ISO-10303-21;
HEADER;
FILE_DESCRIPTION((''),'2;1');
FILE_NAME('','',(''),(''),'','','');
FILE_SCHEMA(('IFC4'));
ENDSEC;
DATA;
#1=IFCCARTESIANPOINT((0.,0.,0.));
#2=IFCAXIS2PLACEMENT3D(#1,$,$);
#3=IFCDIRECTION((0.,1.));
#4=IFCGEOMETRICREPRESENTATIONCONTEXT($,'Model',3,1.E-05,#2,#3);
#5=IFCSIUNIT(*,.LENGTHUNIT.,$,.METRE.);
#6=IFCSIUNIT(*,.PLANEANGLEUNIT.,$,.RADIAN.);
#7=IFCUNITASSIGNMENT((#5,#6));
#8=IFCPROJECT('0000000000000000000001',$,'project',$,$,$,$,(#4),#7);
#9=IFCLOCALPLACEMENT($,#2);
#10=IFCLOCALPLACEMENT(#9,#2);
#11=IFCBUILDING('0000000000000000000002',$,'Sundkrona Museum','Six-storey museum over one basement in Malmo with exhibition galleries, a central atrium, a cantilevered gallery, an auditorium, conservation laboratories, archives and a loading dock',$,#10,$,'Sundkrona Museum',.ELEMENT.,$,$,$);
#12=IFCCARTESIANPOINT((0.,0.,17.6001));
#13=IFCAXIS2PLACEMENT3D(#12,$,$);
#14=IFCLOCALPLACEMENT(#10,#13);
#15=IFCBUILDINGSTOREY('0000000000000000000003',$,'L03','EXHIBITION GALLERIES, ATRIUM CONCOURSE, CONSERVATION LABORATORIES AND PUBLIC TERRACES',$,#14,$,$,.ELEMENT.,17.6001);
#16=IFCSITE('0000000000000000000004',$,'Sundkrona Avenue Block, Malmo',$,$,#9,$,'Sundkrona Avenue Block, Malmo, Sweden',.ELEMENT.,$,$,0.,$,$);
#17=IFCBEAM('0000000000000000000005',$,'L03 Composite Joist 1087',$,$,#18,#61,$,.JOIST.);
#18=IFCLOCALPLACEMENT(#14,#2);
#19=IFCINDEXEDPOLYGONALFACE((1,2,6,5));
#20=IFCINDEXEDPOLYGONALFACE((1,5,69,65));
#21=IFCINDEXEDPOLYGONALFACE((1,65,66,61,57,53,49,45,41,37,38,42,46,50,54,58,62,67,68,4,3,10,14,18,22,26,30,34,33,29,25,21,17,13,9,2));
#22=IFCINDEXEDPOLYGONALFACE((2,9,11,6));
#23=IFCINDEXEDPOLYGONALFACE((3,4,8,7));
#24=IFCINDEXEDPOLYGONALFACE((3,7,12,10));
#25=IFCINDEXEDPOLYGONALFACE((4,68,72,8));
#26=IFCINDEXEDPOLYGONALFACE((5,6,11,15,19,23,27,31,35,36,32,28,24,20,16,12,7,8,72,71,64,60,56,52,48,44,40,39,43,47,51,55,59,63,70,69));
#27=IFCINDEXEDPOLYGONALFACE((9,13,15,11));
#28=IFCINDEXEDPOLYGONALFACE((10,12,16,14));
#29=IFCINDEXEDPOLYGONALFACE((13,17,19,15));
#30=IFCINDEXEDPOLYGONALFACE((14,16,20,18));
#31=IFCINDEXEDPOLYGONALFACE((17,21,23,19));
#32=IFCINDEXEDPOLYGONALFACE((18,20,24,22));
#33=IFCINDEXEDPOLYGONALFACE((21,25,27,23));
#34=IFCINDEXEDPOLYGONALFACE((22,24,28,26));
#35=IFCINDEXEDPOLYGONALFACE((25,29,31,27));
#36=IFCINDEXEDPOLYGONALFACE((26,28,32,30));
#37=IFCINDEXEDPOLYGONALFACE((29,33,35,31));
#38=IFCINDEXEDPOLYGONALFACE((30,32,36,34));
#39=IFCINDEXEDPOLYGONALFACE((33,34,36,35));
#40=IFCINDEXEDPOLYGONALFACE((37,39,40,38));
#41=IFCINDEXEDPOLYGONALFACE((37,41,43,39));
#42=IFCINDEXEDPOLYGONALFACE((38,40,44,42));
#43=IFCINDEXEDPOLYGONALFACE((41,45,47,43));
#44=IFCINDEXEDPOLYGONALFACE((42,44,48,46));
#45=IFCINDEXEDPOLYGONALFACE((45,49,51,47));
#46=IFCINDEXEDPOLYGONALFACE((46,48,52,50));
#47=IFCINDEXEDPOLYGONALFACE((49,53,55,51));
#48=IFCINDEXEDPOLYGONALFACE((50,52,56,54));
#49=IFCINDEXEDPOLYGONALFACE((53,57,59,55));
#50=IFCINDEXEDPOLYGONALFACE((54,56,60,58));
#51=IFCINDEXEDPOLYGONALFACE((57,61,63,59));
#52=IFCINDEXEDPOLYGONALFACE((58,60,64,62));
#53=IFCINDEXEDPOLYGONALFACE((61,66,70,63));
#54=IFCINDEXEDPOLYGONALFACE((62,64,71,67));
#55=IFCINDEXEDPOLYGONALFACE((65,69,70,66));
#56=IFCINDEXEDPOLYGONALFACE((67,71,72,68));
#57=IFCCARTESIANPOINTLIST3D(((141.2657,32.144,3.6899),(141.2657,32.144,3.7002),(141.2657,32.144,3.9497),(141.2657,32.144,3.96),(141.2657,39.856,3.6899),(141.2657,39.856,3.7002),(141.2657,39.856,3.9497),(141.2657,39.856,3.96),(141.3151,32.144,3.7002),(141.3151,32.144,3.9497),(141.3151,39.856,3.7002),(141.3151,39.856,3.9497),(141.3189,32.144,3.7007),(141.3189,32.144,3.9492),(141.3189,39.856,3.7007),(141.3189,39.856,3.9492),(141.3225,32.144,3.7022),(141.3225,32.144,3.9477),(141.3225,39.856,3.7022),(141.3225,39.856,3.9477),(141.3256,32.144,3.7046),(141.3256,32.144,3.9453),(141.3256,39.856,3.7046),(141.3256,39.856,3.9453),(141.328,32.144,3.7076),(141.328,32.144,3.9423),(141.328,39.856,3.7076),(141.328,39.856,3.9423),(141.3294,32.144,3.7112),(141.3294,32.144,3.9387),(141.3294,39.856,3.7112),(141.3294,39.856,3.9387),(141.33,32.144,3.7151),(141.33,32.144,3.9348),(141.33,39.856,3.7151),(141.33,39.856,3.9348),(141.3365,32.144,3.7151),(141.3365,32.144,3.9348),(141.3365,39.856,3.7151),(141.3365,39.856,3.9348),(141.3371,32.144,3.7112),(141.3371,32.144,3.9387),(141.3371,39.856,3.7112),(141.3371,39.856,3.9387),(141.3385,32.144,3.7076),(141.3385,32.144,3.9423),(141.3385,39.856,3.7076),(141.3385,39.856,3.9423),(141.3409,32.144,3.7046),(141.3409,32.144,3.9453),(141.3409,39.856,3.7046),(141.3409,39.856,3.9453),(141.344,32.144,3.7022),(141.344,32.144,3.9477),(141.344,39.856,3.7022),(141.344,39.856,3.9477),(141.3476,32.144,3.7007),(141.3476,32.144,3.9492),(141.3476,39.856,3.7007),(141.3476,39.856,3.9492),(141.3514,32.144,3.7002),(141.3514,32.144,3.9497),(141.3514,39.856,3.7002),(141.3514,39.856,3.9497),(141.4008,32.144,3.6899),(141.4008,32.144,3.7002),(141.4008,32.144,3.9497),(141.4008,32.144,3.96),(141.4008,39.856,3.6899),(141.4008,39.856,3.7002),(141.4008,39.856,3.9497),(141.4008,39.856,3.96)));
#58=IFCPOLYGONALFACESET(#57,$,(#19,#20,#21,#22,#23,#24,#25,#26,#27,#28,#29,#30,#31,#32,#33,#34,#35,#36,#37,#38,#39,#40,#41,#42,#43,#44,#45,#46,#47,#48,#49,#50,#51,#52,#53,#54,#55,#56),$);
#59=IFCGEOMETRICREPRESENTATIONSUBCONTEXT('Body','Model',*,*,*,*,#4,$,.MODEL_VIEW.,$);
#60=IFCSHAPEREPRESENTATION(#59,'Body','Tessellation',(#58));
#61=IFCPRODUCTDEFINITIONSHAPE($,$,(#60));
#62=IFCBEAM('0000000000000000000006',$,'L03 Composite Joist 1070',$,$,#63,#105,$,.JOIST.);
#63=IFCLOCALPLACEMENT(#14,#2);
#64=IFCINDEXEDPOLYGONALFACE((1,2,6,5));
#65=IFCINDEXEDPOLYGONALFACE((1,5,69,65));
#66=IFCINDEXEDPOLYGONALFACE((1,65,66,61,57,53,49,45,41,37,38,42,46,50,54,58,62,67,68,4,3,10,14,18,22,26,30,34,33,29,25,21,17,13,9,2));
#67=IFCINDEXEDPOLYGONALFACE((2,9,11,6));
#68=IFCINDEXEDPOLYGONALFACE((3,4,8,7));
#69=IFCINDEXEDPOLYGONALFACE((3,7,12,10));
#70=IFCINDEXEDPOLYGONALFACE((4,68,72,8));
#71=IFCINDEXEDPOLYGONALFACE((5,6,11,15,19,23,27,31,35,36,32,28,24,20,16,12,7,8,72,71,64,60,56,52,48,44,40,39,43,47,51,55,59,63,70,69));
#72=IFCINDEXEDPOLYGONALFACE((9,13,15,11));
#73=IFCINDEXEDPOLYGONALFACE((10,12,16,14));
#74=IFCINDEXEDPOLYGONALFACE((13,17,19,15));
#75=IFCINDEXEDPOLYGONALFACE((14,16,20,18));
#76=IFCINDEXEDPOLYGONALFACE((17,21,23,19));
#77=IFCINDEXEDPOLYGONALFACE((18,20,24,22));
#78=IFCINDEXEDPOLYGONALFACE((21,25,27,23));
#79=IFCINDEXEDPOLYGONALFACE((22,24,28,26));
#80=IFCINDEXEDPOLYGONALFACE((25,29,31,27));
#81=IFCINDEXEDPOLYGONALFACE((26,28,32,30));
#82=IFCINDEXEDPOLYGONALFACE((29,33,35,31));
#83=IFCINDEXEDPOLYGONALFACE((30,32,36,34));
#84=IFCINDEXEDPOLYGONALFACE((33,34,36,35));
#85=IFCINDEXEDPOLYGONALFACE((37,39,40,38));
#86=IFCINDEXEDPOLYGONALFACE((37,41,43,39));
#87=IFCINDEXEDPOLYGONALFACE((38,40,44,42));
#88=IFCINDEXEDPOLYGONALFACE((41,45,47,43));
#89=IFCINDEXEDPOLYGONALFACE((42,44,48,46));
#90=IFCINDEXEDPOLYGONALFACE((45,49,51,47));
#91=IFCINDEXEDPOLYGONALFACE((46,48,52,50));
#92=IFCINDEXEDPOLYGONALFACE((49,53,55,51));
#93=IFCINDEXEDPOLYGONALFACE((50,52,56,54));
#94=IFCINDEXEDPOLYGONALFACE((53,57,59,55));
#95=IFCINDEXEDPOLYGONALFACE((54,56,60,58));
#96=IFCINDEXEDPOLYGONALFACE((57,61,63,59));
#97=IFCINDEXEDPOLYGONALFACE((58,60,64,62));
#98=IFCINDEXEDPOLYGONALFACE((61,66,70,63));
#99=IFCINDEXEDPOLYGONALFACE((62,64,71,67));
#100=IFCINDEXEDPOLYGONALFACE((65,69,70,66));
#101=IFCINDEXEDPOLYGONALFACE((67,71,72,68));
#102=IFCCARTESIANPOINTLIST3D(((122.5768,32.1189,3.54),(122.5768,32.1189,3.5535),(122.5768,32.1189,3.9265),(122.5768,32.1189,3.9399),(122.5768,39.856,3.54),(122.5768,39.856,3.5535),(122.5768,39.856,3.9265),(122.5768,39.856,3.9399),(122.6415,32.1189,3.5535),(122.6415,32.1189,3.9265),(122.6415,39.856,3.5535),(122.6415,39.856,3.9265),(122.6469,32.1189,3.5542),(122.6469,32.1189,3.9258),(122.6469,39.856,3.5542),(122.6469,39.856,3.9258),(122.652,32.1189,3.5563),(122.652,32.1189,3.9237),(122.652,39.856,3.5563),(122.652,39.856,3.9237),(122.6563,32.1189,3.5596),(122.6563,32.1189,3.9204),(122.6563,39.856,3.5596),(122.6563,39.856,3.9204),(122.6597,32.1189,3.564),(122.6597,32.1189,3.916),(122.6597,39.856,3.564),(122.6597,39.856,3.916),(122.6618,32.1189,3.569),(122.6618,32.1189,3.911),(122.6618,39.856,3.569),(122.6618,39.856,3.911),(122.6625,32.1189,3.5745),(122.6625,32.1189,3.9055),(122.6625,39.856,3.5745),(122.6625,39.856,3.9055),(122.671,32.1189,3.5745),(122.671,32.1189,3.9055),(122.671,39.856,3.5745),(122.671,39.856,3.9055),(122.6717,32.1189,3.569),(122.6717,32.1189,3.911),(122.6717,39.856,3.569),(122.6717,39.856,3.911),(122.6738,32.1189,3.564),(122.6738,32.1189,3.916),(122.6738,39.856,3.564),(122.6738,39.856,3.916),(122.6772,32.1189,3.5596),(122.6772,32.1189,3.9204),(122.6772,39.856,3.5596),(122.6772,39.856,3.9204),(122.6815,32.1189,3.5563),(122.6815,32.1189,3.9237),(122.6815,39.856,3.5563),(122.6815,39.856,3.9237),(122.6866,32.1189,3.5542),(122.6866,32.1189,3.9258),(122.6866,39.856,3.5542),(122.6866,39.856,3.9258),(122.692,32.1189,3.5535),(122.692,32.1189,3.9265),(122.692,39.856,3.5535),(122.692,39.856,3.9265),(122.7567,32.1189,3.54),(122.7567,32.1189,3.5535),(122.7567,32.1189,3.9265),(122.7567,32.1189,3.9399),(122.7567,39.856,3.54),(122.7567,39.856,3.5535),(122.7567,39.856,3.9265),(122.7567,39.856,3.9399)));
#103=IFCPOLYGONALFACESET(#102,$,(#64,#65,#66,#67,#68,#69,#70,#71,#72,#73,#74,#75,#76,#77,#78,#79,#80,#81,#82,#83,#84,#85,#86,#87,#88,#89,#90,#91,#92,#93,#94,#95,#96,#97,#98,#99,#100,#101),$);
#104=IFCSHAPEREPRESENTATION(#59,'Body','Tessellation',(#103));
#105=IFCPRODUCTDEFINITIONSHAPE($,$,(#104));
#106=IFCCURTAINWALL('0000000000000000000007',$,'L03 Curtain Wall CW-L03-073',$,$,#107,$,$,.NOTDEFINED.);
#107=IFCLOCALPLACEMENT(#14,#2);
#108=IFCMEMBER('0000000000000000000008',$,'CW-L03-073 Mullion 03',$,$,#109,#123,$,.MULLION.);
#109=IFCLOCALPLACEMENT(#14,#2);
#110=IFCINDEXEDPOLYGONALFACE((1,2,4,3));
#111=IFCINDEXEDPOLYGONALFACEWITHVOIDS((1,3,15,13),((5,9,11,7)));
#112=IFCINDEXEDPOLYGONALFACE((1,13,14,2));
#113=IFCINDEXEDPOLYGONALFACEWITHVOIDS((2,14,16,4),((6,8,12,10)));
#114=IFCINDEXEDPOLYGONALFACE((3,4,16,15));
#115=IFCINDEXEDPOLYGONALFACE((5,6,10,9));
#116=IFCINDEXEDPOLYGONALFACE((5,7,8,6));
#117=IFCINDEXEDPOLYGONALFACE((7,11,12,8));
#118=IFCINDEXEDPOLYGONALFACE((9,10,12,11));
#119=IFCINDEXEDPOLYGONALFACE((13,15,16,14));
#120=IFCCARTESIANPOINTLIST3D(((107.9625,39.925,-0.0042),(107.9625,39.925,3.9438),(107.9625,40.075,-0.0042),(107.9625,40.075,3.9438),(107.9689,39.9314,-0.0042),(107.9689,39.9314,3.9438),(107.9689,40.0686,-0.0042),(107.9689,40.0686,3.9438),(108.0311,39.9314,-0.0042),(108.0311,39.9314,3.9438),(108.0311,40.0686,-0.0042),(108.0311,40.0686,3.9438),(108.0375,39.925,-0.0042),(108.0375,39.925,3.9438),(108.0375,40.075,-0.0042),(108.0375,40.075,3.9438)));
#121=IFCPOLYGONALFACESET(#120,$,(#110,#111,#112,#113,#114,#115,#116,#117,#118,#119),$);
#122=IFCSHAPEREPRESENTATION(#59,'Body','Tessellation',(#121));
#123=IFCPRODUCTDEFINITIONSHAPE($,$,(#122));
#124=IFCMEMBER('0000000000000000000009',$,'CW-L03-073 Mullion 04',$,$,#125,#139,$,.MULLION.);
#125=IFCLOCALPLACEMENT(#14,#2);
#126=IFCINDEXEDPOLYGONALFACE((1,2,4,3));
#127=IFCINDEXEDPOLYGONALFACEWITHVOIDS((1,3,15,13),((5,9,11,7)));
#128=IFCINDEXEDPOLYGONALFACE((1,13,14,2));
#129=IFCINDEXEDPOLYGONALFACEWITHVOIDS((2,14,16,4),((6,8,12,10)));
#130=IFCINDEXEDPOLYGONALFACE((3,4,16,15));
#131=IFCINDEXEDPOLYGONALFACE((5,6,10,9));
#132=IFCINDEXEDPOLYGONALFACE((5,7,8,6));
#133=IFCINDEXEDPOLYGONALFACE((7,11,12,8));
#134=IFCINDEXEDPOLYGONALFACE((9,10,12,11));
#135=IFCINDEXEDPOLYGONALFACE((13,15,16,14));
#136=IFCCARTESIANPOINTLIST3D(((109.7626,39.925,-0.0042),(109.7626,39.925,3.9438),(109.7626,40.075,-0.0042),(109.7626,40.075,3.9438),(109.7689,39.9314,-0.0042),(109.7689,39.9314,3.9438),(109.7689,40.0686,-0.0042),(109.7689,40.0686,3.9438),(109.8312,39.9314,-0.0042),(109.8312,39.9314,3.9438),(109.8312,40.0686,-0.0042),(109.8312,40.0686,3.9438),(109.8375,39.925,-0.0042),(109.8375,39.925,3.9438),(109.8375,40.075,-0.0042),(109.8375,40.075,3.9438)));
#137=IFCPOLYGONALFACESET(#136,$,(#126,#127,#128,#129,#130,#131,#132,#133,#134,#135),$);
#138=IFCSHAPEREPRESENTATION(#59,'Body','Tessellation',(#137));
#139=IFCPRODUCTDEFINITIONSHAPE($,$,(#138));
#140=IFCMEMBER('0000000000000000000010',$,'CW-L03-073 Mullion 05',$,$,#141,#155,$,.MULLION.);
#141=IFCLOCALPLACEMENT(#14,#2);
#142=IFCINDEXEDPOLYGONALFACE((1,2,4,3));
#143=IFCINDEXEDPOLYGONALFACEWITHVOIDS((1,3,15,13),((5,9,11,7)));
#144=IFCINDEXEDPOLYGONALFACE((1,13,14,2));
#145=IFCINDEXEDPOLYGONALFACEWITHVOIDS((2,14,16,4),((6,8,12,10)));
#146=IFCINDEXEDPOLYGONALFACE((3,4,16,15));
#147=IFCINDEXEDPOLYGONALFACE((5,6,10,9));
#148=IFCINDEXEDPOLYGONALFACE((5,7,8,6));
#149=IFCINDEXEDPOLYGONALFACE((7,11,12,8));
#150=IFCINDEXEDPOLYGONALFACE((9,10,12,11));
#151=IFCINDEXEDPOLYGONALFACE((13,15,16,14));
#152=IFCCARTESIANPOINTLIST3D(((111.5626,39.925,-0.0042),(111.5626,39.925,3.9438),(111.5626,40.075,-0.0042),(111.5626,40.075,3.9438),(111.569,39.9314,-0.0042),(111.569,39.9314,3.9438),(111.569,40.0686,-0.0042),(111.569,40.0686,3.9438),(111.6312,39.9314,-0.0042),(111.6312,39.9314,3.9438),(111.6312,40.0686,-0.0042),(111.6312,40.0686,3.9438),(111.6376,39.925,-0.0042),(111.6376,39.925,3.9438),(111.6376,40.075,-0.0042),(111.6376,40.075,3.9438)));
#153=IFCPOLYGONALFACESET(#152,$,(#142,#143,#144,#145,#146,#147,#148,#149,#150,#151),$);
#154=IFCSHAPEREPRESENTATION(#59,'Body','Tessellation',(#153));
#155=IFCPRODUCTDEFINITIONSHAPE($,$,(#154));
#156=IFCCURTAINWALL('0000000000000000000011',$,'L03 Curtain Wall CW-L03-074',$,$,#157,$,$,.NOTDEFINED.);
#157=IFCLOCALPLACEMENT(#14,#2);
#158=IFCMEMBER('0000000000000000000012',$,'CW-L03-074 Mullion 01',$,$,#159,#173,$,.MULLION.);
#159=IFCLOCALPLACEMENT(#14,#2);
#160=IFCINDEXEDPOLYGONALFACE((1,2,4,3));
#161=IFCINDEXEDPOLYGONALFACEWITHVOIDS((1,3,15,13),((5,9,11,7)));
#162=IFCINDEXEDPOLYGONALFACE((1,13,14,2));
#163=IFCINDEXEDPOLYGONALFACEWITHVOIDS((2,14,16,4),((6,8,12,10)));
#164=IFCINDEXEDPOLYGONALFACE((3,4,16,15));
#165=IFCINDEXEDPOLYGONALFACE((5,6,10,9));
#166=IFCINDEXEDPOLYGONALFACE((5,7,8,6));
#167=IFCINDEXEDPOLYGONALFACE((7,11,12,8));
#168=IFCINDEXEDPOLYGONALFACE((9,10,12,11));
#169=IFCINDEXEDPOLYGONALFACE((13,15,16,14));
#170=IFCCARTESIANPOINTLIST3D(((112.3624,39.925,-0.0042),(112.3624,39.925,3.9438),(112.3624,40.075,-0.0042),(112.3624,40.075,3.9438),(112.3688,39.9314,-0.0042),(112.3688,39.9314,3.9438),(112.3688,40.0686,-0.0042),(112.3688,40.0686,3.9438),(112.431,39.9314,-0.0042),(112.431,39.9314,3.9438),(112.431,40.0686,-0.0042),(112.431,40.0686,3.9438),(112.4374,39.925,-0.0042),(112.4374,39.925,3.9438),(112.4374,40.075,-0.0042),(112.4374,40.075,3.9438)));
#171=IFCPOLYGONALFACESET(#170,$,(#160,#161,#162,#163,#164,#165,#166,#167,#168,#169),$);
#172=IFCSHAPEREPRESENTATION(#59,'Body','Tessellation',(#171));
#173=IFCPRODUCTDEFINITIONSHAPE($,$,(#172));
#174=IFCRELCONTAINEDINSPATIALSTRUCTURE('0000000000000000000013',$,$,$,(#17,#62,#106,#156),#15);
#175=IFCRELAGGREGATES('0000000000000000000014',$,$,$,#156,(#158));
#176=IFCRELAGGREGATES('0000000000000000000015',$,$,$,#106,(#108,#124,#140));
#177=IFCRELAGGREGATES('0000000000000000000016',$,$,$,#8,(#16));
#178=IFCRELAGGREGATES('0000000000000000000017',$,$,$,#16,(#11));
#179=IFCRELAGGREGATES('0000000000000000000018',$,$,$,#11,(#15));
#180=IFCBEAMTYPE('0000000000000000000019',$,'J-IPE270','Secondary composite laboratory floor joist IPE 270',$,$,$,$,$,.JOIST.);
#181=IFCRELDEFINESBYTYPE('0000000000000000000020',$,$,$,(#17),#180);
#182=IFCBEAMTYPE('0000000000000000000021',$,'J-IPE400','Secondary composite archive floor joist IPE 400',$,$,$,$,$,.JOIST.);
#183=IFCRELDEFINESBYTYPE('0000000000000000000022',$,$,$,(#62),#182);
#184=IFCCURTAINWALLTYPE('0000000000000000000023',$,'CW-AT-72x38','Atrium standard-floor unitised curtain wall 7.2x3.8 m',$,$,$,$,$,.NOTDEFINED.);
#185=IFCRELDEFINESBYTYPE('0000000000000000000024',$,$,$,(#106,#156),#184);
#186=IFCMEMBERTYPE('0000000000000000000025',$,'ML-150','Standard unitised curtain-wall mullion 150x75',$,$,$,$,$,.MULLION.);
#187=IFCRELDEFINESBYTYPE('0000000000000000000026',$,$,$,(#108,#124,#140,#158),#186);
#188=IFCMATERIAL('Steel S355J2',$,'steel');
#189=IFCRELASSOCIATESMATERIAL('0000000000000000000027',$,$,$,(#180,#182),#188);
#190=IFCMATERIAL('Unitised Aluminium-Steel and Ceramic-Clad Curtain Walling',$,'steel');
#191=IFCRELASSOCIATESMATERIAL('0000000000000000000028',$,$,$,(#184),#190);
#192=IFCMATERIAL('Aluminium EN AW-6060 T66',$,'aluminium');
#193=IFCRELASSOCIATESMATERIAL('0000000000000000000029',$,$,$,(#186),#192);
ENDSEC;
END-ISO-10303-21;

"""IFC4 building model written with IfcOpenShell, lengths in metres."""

from ifc_helpers import new_model, si_unit, direction, frame, origin, origin_2d, place, context, subcontext, project, spatial, hollow_rectangle, i_section, extrude, material, material_profile, profile_set, type_object, element, aggregate, save


model = new_model("IFC4")

# Units and contexts
model_context = context("Model", 3, precision=1e-05, world=origin(), true_north=direction((0.0, 1.0)))
body_context = subcontext(model_context, "Body", "Model", "MODEL_VIEW")
ifc_project = project(units=[si_unit("LENGTHUNIT", "METRE"), si_unit("PLANEANGLEUNIT", "RADIAN")], contexts=[model_context])

# Site, building, storey
site_placement = place(None, origin())
site = spatial("IfcSite", under=ifc_project, at=site_placement, Name="Sundkrona Avenue Block, Malmo", LongName="Sundkrona Avenue Block, Malmo, Sweden", CompositionType="ELEMENT", RefElevation=0.0)
building_placement = place(site_placement, origin())
building = spatial("IfcBuilding", under=site, at=building_placement, Name="Sundkrona Museum", Description="Six-storey museum over one basement in Malmo with exhibition galleries, a central atrium, a cantilevered gallery, an auditorium, conservation laboratories, archives and a loading dock", LongName="Sundkrona Museum", CompositionType="ELEMENT")
storey_placement = place(building_placement, frame((0.0, 0.0, 17.6001)))
storey = spatial("IfcBuildingStorey", under=building, at=storey_placement, Name="L03", Description="EXHIBITION GALLERIES, ATRIUM CONCOURSE, CONSERVATION LABORATORIES AND PUBLIC TERRACES", CompositionType="ELEMENT", Elevation=17.6001)

# Shared definitions
ifc_material_1 = material(Name="Steel S355J2", Category="steel")

# Beams
ifc_material_profile_1 = material_profile(ifc_material_1, i_section(OverallWidth=0.135, OverallDepth=0.27, WebThickness=0.0066, FlangeThickness=0.0103, FilletRadius=0.0149, at=origin_2d()), Name="IPE 270")
ifc_profile_set_1 = profile_set([ifc_material_profile_1], Name="Steel S355J2")
beam_type_1 = type_object("IfcBeamType", Name="J-IPE270", Description="Secondary composite laboratory floor joist IPE 270", PredefinedType="JOIST", material=ifc_profile_set_1)
for number, where, z_axis, x_axis, name in (
    (1, (141.3333, 32.144, 3.825), (0.0, 1.0, 0.0), (-1.0, 0.0, 0.0), "L03 Composite Joist 1087"),
):
    element("IfcBeam", number, at=place(storey_placement, frame(where, z_axis=z_axis, x_axis=x_axis)), inside=storey, type_object=beam_type_1, Name=name, PredefinedType="JOIST", context=body_context, shape_type="SweptSolid", body=[
        extrude(i_section(OverallWidth=0.135, OverallDepth=0.27, WebThickness=0.0066, FlangeThickness=0.0103, FilletRadius=0.0149, at=origin_2d()), origin(), (0.0, 0.0, 1.0), 7.7119),
    ])
ifc_material_profile_2 = material_profile(ifc_material_1, i_section(OverallWidth=0.1799, OverallDepth=0.3999, WebThickness=0.0085, FlangeThickness=0.0134, FilletRadius=0.021, at=origin_2d()), Name="IPE 400")
ifc_profile_set_2 = profile_set([ifc_material_profile_2], Name="Steel S355J2")
beam_type_2 = type_object("IfcBeamType", Name="J-IPE400", Description="Secondary composite archive floor joist IPE 400", PredefinedType="JOIST", material=ifc_profile_set_2)
beam_1_placement = place(storey_placement, frame((122.6667, 32.1189, 3.74), z_axis=(0.0, 1.0, 0.0), x_axis=(-1.0, 0.0, 0.0)))
element("IfcBeam", 2, at=beam_1_placement, inside=storey, type_object=beam_type_2, Name="L03 Composite Joist 1070", PredefinedType="JOIST", context=body_context, shape_type="SweptSolid", body=[
    extrude(i_section(OverallWidth=0.1799, OverallDepth=0.3999, WebThickness=0.0085, FlangeThickness=0.0134, FilletRadius=0.021, at=origin_2d()), origin(), (0.0, 0.0, 1.0), 7.7371),
])

# Curtain wall, members
ifc_material_2 = material(Name="Unitised Aluminium-Steel and Ceramic-Clad Curtain Walling", Category="steel")
curtain_wall_type = type_object("IfcCurtainWallType", Name="CW-AT-72x38", Description="Atrium standard-floor unitised curtain wall 7.2x3.8 m", PredefinedType="NOTDEFINED", material=ifc_material_2)
curtain_wall_1_placement = place(storey_placement, origin())
curtain_wall_1 = element("IfcCurtainWall", 3, at=curtain_wall_1_placement, inside=storey, type_object=curtain_wall_type, Name="L03 Curtain Wall CW-L03-073", PredefinedType="NOTDEFINED")
ifc_material_3 = material(Name="Aluminium EN AW-6060 T66", Category="aluminium")
ifc_material_profile_3 = material_profile(ifc_material_3, hollow_rectangle(XDim=0.075, YDim=0.1499, WallThickness=0.0063, at=origin_2d()), Name="RHS 150x75x6.3")
ifc_profile_set_3 = profile_set([ifc_material_profile_3], Name="Aluminium EN AW-6060 T66")
member_type_1 = type_object("IfcMemberType", Name="ML-150", Description="Standard unitised curtain-wall mullion 150x75", PredefinedType="MULLION", material=ifc_profile_set_3)
member_1_placement = place(storey_placement, frame((108.0, 40.0, -0.0042), z_axis=(0.0, 0.0, 1.0), x_axis=(1.0, 0.0, 0.0)))
member_1 = element("IfcMember", 4, at=member_1_placement, type_object=member_type_1, Name="CW-L03-073 Mullion 03", PredefinedType="MULLION", context=body_context, shape_type="SweptSolid", body=[
    extrude(hollow_rectangle(XDim=0.075, YDim=0.1499, WallThickness=0.0063, at=origin_2d()), origin(), (0.0, 0.0, 1.0), 3.948),
])
member_2_placement = place(storey_placement, frame((109.8, 40.0, -0.0042), z_axis=(0.0, 0.0, 1.0), x_axis=(1.0, 0.0, 0.0)))
member_2 = element("IfcMember", 5, at=member_2_placement, type_object=member_type_1, Name="CW-L03-073 Mullion 04", PredefinedType="MULLION", context=body_context, shape_type="SweptSolid", body=[
    extrude(hollow_rectangle(XDim=0.075, YDim=0.1499, WallThickness=0.0063, at=origin_2d()), origin(), (0.0, 0.0, 1.0), 3.948),
])
member_3_placement = place(storey_placement, frame((111.6001, 40.0, -0.0042), z_axis=(0.0, 0.0, 1.0), x_axis=(1.0, 0.0, 0.0)))
member_3 = element("IfcMember", 6, at=member_3_placement, type_object=member_type_1, Name="CW-L03-073 Mullion 05", PredefinedType="MULLION", context=body_context, shape_type="SweptSolid", body=[
    extrude(hollow_rectangle(XDim=0.075, YDim=0.1499, WallThickness=0.0063, at=origin_2d()), origin(), (0.0, 0.0, 1.0), 3.948),
])

# Curtain wall, member
curtain_wall_2_placement = place(storey_placement, origin())
curtain_wall_2 = element("IfcCurtainWall", 7, at=curtain_wall_2_placement, inside=storey, type_object=curtain_wall_type, Name="L03 Curtain Wall CW-L03-074", PredefinedType="NOTDEFINED")
member_4_placement = place(storey_placement, frame((112.3999, 40.0, -0.0042), z_axis=(0.0, 0.0, 1.0), x_axis=(1.0, 0.0, 0.0)))
member_4 = element("IfcMember", 8, at=member_4_placement, type_object=member_type_1, Name="CW-L03-074 Mullion 01", PredefinedType="MULLION", context=body_context, shape_type="SweptSolid", body=[
    extrude(hollow_rectangle(XDim=0.075, YDim=0.1499, WallThickness=0.0063, at=origin_2d()), origin(), (0.0, 0.0, 1.0), 3.948),
])
aggregate(curtain_wall_2, [member_4])

aggregate(curtain_wall_1, [member_1, member_2, member_3])

save(model, "model.ifc")
